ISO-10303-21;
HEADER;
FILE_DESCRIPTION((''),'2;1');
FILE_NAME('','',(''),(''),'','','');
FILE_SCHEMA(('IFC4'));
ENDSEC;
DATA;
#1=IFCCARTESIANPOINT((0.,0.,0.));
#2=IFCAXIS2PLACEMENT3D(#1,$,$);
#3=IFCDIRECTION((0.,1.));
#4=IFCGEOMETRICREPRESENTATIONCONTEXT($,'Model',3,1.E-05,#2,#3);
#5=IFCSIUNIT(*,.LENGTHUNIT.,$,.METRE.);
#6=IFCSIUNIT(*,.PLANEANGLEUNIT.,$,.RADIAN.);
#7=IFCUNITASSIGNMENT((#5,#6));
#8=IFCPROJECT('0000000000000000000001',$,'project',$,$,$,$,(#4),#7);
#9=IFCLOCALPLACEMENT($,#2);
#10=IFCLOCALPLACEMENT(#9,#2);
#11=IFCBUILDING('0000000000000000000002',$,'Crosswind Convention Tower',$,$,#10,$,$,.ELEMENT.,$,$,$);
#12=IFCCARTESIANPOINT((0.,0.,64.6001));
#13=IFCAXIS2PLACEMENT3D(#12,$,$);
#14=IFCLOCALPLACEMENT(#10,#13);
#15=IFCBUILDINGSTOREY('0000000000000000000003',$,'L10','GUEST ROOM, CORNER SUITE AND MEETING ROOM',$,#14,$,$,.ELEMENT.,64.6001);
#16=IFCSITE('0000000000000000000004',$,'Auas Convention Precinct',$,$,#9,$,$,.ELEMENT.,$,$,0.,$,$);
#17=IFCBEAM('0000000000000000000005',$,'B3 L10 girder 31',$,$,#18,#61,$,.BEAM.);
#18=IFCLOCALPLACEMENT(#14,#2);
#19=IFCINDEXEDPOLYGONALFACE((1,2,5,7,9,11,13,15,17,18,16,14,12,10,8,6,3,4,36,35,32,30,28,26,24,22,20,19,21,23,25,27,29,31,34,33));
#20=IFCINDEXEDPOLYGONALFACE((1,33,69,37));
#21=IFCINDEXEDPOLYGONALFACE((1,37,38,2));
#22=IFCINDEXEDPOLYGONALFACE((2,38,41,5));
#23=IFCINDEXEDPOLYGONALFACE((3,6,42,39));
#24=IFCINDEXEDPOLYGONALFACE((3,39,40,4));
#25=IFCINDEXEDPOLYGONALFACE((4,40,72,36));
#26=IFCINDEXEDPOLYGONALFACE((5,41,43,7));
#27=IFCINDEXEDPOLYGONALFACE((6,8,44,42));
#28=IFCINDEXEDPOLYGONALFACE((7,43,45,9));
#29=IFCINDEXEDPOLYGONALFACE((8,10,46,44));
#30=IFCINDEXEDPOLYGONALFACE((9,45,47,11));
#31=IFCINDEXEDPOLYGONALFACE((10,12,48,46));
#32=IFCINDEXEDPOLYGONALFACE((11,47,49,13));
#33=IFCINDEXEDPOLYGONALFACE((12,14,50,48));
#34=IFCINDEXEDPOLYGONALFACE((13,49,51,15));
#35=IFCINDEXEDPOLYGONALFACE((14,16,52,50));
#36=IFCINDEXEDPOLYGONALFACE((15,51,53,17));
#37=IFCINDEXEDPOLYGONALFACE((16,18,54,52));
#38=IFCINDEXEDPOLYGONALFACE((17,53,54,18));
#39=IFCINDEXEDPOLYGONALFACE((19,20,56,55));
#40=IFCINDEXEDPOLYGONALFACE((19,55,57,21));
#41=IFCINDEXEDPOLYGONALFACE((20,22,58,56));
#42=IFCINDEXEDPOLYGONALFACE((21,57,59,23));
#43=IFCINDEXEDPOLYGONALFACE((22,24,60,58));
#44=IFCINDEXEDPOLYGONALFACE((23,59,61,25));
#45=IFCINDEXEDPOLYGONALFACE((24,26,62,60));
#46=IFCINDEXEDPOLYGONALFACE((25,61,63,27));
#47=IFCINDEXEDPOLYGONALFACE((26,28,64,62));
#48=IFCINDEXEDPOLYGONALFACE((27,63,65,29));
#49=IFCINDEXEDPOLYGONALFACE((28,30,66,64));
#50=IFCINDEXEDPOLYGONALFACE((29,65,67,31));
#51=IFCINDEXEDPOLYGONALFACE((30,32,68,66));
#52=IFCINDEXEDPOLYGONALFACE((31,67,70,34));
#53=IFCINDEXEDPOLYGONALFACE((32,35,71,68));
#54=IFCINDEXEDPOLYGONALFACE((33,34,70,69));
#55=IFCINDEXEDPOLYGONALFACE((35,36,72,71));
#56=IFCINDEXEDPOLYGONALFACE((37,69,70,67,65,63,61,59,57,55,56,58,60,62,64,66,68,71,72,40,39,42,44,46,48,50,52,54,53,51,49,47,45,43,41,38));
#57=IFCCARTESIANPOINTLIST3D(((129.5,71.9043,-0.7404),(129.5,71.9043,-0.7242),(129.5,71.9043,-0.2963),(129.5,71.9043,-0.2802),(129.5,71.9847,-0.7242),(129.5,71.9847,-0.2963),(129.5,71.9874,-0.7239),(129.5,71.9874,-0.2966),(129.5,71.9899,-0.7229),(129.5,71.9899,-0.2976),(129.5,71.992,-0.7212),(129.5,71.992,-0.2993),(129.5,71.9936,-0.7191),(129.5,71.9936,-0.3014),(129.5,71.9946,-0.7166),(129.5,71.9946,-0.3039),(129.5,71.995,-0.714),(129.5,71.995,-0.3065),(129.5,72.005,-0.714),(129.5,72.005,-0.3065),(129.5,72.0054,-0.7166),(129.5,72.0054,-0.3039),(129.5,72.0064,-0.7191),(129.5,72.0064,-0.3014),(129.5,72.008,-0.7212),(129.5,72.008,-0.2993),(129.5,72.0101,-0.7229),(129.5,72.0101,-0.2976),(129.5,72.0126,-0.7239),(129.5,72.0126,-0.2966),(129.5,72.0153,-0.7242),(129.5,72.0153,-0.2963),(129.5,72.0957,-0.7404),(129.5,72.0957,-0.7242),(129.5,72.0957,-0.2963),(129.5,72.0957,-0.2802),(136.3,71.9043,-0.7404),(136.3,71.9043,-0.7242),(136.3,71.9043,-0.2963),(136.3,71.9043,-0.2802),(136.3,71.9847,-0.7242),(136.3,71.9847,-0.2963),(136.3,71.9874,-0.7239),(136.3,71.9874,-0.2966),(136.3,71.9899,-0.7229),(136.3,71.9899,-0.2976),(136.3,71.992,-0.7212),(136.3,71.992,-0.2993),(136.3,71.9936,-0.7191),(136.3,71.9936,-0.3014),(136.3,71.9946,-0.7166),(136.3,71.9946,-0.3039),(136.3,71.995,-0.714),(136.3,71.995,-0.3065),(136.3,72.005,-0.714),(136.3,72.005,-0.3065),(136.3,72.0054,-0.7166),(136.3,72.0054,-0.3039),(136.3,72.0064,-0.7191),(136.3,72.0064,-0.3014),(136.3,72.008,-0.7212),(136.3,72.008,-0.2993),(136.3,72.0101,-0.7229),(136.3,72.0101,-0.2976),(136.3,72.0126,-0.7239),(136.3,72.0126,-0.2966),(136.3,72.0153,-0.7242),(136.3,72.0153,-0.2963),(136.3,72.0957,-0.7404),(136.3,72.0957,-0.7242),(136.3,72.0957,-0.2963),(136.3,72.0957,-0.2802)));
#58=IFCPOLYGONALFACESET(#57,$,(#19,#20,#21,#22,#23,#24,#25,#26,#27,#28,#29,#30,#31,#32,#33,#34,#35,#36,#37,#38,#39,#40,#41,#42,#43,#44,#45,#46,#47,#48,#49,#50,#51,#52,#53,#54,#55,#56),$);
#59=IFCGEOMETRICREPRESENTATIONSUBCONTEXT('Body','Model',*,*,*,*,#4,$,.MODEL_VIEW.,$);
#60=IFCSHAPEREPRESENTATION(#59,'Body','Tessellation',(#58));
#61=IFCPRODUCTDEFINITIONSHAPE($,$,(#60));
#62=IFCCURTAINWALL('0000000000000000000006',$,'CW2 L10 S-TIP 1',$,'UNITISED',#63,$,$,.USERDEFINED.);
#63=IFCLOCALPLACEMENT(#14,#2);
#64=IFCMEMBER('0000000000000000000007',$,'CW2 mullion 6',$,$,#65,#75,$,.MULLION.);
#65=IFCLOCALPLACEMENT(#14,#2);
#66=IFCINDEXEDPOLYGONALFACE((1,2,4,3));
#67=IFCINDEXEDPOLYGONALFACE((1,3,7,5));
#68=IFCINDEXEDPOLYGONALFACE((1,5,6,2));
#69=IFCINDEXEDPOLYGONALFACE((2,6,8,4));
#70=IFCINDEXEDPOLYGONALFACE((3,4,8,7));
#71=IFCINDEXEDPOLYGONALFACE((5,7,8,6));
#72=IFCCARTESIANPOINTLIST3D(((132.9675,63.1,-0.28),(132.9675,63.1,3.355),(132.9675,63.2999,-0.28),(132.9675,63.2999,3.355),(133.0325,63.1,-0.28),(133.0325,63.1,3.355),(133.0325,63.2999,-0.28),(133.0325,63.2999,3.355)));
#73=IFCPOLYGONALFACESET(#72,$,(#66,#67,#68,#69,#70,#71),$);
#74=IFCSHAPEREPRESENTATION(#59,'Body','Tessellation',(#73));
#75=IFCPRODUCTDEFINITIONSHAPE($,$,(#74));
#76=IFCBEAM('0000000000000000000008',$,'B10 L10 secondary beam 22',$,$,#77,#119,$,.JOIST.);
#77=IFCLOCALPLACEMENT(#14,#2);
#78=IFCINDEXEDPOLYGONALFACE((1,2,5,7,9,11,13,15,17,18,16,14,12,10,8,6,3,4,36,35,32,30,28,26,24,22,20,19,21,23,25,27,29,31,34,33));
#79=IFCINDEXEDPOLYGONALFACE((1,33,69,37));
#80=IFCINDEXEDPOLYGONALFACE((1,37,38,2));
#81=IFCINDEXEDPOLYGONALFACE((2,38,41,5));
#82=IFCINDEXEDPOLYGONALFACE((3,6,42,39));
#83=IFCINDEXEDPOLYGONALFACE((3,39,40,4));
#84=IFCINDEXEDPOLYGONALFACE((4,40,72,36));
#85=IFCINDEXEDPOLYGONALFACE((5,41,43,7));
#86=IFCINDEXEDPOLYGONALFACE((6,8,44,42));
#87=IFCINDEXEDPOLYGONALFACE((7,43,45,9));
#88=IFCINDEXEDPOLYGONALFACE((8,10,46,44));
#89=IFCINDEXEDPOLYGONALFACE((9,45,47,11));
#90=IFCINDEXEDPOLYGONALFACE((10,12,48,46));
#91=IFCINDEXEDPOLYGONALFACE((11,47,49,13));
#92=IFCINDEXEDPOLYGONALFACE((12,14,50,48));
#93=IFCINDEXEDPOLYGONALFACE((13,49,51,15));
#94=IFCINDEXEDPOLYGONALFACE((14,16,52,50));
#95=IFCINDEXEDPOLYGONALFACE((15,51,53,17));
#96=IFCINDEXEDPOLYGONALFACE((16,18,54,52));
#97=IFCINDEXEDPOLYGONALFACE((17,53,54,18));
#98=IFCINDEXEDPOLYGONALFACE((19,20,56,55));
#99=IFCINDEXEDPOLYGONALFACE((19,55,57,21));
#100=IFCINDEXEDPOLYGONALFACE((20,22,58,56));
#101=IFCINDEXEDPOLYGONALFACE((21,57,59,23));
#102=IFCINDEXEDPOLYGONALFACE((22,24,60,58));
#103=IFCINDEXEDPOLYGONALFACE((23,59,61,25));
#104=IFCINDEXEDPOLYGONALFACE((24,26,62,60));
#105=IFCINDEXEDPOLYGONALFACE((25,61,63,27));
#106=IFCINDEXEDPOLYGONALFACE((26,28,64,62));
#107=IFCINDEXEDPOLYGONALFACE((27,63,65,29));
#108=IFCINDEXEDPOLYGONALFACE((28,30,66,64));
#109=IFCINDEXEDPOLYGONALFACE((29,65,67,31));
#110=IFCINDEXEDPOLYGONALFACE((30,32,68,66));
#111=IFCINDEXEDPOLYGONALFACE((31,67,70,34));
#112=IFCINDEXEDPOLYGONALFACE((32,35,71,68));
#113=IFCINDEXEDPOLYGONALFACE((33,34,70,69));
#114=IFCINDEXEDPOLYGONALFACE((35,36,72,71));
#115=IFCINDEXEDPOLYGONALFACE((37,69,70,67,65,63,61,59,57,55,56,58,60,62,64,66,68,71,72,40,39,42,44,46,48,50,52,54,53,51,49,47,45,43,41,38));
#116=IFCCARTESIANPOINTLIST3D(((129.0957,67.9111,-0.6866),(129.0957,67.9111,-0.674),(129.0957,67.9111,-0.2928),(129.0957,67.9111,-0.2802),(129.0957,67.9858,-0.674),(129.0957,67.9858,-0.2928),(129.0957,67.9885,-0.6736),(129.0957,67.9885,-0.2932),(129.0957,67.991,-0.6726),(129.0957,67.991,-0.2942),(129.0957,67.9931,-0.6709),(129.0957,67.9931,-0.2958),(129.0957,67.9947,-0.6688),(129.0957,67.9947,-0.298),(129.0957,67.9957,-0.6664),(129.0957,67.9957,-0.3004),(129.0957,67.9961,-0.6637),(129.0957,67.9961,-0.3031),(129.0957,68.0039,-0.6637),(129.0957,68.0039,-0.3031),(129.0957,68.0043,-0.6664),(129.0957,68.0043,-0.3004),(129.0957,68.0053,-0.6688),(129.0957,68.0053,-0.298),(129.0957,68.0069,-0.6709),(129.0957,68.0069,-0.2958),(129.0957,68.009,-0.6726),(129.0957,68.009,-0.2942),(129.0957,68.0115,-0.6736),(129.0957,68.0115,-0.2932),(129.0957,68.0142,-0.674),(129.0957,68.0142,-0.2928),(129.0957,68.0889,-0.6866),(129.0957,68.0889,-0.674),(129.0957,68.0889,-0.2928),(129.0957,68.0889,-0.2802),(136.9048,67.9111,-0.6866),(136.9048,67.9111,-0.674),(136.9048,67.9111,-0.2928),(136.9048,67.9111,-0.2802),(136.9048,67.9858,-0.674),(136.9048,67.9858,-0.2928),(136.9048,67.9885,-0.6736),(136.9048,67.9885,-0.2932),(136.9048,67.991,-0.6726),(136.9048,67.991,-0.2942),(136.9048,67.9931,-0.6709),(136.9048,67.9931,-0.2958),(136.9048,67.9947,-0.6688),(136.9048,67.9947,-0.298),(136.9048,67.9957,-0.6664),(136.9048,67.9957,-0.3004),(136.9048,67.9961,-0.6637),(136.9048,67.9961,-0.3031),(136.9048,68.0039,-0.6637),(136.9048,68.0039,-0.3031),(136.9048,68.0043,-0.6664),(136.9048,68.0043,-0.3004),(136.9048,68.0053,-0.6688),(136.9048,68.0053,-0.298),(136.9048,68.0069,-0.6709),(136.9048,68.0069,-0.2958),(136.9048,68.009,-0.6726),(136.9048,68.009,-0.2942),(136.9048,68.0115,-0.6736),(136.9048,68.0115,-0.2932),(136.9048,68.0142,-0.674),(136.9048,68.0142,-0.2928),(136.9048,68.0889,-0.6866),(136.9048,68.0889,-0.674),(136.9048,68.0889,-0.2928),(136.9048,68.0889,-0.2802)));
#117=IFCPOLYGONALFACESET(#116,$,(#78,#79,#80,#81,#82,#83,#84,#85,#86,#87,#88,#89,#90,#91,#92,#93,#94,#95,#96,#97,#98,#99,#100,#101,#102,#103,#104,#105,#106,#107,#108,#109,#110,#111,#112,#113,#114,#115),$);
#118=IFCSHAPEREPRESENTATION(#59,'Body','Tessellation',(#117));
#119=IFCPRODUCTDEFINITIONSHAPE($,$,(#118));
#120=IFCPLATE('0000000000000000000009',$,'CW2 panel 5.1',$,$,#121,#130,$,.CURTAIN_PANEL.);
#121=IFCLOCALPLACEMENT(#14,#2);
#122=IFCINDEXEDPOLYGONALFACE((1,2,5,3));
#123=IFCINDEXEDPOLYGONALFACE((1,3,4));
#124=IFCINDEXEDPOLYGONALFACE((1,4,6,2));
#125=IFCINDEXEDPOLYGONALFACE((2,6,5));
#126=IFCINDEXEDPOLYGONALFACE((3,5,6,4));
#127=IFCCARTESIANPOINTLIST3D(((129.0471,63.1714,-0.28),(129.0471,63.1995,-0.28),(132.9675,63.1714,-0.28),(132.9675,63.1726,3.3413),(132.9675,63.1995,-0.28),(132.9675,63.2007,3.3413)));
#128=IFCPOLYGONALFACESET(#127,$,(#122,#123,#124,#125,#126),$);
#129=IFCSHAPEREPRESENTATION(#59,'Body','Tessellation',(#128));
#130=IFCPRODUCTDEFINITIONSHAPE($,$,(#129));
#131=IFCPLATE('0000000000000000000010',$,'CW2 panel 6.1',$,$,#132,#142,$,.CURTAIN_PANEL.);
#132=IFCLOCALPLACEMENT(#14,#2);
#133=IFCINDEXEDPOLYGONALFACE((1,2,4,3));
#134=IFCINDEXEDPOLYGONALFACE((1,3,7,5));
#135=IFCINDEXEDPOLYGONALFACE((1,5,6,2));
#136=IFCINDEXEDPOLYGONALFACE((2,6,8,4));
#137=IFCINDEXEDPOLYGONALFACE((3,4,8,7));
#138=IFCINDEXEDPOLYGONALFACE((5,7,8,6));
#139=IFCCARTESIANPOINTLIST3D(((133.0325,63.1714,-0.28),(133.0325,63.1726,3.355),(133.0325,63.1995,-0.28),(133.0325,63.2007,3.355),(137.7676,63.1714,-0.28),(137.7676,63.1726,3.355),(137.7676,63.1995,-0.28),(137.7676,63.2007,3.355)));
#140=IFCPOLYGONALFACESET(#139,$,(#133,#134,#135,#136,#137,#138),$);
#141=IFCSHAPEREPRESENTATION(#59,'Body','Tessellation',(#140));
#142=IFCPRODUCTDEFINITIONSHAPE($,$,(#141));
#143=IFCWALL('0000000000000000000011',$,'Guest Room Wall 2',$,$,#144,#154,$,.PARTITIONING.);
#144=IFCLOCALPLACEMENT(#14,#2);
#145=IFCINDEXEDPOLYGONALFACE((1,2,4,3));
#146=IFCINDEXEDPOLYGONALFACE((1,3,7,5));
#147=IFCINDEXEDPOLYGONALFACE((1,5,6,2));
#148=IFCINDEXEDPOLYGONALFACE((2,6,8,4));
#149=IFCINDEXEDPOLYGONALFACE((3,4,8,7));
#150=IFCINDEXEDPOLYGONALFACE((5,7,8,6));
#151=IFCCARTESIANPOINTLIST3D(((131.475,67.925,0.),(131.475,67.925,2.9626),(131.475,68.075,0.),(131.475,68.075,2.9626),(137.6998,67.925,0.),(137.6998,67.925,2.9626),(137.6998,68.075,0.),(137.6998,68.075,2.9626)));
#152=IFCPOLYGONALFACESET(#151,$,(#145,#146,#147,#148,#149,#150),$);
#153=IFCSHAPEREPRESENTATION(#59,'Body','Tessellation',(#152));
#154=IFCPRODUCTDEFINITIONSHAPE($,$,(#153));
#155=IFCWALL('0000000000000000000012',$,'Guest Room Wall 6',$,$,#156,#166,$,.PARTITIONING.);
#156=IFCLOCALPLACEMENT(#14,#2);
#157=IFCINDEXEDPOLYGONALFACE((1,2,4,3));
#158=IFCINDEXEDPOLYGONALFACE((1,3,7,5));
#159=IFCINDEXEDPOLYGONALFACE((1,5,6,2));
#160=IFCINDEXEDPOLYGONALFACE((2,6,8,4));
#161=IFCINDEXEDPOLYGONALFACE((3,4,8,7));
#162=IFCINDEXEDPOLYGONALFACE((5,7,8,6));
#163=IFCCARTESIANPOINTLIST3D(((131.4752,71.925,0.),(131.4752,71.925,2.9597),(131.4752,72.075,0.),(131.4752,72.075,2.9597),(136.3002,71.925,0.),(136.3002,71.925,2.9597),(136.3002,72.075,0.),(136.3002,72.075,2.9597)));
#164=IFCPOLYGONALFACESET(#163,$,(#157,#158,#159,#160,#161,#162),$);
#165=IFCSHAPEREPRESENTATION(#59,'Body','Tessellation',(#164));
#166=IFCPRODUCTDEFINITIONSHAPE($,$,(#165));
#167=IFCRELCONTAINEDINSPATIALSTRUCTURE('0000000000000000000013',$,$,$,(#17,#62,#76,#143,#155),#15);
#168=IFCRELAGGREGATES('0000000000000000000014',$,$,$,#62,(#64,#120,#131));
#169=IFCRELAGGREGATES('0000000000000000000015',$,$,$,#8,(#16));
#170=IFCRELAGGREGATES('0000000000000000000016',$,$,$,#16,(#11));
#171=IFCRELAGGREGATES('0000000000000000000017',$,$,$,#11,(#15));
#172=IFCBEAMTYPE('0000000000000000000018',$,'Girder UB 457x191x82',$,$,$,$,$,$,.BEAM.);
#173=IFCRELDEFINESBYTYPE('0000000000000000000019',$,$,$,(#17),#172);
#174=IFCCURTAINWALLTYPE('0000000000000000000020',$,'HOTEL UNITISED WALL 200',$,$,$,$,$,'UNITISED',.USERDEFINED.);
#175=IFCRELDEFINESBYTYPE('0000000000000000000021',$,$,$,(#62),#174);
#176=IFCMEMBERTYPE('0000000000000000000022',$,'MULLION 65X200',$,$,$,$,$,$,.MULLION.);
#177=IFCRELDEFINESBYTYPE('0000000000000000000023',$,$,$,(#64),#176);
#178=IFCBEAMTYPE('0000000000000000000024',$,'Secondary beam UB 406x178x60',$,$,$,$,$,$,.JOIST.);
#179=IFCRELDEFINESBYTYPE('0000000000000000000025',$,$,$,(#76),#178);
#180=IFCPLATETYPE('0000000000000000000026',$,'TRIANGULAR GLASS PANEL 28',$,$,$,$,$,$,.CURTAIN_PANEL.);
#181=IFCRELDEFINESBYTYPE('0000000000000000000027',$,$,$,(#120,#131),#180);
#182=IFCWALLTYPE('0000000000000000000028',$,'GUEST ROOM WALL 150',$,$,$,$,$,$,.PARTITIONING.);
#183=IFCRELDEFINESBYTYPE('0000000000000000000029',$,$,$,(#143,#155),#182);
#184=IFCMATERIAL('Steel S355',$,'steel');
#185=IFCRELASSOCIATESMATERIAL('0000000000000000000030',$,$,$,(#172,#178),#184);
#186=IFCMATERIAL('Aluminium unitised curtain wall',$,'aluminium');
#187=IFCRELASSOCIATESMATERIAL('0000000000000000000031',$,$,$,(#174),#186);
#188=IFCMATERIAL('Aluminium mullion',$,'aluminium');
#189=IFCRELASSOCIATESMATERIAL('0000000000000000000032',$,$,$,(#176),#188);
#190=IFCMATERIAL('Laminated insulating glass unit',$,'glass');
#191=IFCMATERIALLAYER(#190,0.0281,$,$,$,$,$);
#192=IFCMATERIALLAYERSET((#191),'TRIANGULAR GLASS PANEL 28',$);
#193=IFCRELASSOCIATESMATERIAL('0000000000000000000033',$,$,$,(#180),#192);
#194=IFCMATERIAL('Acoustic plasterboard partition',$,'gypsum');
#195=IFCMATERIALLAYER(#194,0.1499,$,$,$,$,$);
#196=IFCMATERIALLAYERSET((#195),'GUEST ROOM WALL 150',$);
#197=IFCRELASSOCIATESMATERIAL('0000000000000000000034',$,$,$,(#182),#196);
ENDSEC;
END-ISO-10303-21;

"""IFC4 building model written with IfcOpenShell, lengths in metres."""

from ifc_helpers import new_model, si_unit, direction, frame, frame_2d, origin, origin_2d, place, context, subcontext, project, spatial, polyline, rectangle, i_section, outline, extrude, material, layer, layer_set, material_profile, profile_set, type_object, element, aggregate, save


model = new_model("IFC4")

# Units and contexts
model_context = context("Model", 3, precision=1e-05, world=origin(), true_north=direction((0.0, 1.0)))
body_context = subcontext(model_context, "Body", "Model", "MODEL_VIEW")
ifc_project = project(units=[si_unit("LENGTHUNIT", "METRE"), si_unit("PLANEANGLEUNIT", "RADIAN")], contexts=[model_context])

# Site, building, storey
site_placement = place(None, origin())
site = spatial("IfcSite", under=ifc_project, at=site_placement, Name="Auas Convention Precinct", CompositionType="ELEMENT", RefElevation=0.0)
building_placement = place(site_placement, origin())
building = spatial("IfcBuilding", under=site, at=building_placement, Name="Crosswind Convention Tower", CompositionType="ELEMENT")
storey_placement = place(building_placement, frame((0.0, 0.0, 64.6001)))
storey = spatial("IfcBuildingStorey", under=building, at=storey_placement, Name="L10", Description="GUEST ROOM, CORNER SUITE AND MEETING ROOM", CompositionType="ELEMENT", Elevation=64.6001)

# Beam
ifc_material_1 = material(Name="Steel S355", Category="steel")
ifc_material_profile_1 = material_profile(ifc_material_1, i_section(OverallWidth=0.1914, OverallDepth=0.4602, WebThickness=0.01, FlangeThickness=0.0161, FilletRadius=0.0103, at=origin_2d()), Name="UB 457x191x82")
ifc_profile_set_1 = profile_set([ifc_material_profile_1], Name="Steel S355")
beam_type_1 = type_object("IfcBeamType", Name="Girder UB 457x191x82", PredefinedType="BEAM", material=ifc_profile_set_1)
beam_1_placement = place(storey_placement, frame((129.5, 72.0, -0.5103), z_axis=(1.0, 0.0, 0.0), x_axis=(0.0, 1.0, 0.0)))
element("IfcBeam", 1, at=beam_1_placement, inside=storey, type_object=beam_type_1, Name="B3 L10 girder 31", PredefinedType="BEAM", context=body_context, shape_type="SweptSolid", body=[
    extrude(i_section(OverallWidth=0.1914, OverallDepth=0.4602, WebThickness=0.01, FlangeThickness=0.0161, FilletRadius=0.0103, at=origin_2d()), origin(), (0.0, 0.0, 1.0), 6.8),
])

# Curtain wall, member
ifc_material_2 = material(Name="Aluminium unitised curtain wall", Category="aluminium")
curtain_wall_type = type_object("IfcCurtainWallType", Name="HOTEL UNITISED WALL 200", ElementType="UNITISED", PredefinedType="USERDEFINED", material=ifc_material_2)
curtain_wall_placement = place(storey_placement, origin())
curtain_wall = element("IfcCurtainWall", 2, at=curtain_wall_placement, inside=storey, type_object=curtain_wall_type, Name="CW2 L10 S-TIP 1", ObjectType="UNITISED", PredefinedType="USERDEFINED")
ifc_material_3 = material(Name="Aluminium mullion", Category="aluminium")
ifc_material_profile_2 = material_profile(ifc_material_3, rectangle(XDim=0.2, YDim=0.0649, at=origin_2d()), Name="AL 200X65")
ifc_profile_set_2 = profile_set([ifc_material_profile_2], Name="Aluminium mullion")
member_type = type_object("IfcMemberType", Name="MULLION 65X200", PredefinedType="MULLION", material=ifc_profile_set_2)
member_placement = place(storey_placement, frame((133.0, 63.2, -0.28), z_axis=(0.0, 0.0, 1.0), x_axis=(0.0, -1.0, 0.0)))
member = element("IfcMember", 3, at=member_placement, type_object=member_type, Name="CW2 mullion 6", PredefinedType="MULLION", context=body_context, shape_type="SweptSolid", body=[
    extrude(rectangle(XDim=0.2, YDim=0.0649, at=origin_2d()), origin(), (0.0, 0.0, 1.0), 3.635),
])

# Beam
ifc_material_profile_3 = material_profile(ifc_material_1, i_section(OverallWidth=0.1777, OverallDepth=0.4065, WebThickness=0.0078, FlangeThickness=0.0127, FilletRadius=0.0103, at=origin_2d()), Name="UB 406x178x60")
ifc_profile_set_3 = profile_set([ifc_material_profile_3], Name="Steel S355")
beam_type_2 = type_object("IfcBeamType", Name="Secondary beam UB 406x178x60", PredefinedType="JOIST", material=ifc_profile_set_3)
beam_2_placement = place(storey_placement, frame((129.0957, 68.0, -0.4834), z_axis=(1.0, 0.0, 0.0), x_axis=(0.0, 1.0, 0.0)))
element("IfcBeam", 4, at=beam_2_placement, inside=storey, type_object=beam_type_2, Name="B10 L10 secondary beam 22", PredefinedType="JOIST", context=body_context, shape_type="SweptSolid", body=[
    extrude(i_section(OverallWidth=0.1777, OverallDepth=0.4065, WebThickness=0.0078, FlangeThickness=0.0127, FilletRadius=0.0103, at=origin_2d()), origin(), (0.0, 0.0, 1.0), 7.8091),
])

# Plates
ifc_material_4 = material(Name="Laminated insulating glass unit", Category="glass")
ifc_layer_1 = layer(ifc_material_4, 0.0281)
ifc_layer_set_1 = layer_set([ifc_layer_1], Name="TRIANGULAR GLASS PANEL 28")
plate_type = type_object("IfcPlateType", Name="TRIANGULAR GLASS PANEL 28", PredefinedType="CURTAIN_PANEL", material=ifc_layer_set_1)
plate_1_placement = place(storey_placement, frame((132.9675, 63.1714, -0.28), z_axis=(0.0, -1.0, 0.000337), x_axis=(0.0, 0.000337, 1.0)))
plate_1 = element("IfcPlate", 5, at=plate_1_placement, type_object=plate_type, Name="CW2 panel 5.1", PredefinedType="CURTAIN_PANEL", context=body_context, shape_type="SweptSolid", body=[
    extrude(outline(polyline([(0.0, 0.0), (3.6213, 0.0), (0.0, 3.9204), (0.0, 0.0)])), origin(), (0.0, 0.0, -1.0), 0.0281),
])
plate_2_placement = place(storey_placement, frame((133.0325, 63.1714, -0.28), z_axis=(0.0, -1.0, 0.000336), x_axis=(1.0, 0.0, 0.0)))
plate_2 = element("IfcPlate", 6, at=plate_2_placement, type_object=plate_type, Name="CW2 panel 6.1", PredefinedType="CURTAIN_PANEL", context=body_context, shape_type="SweptSolid", body=[
    extrude(outline(polyline([(0.0, 0.0), (4.7351, 0.0), (4.7351, 3.635), (0.0, 3.635), (0.0, 0.0)])), origin(), (0.0, 0.0, -1.0), 0.0281),
])
aggregate(curtain_wall, [member, plate_1, plate_2])

# Walls
ifc_material_5 = material(Name="Acoustic plasterboard partition", Category="gypsum")
ifc_layer_2 = layer(ifc_material_5, 0.1499)
ifc_layer_set_2 = layer_set([ifc_layer_2], Name="GUEST ROOM WALL 150")
wall_type_1 = type_object("IfcWallType", Name="GUEST ROOM WALL 150", PredefinedType="PARTITIONING", material=ifc_layer_set_2)
wall_1_placement = place(storey_placement, frame((131.4751, 68.0, 0.0), z_axis=(0.0, 0.0, 1.0), x_axis=(1.0, 0.0, 0.0)))
element("IfcWall", 7, at=wall_1_placement, inside=storey, type_object=wall_type_1, Name="Guest Room Wall 2", PredefinedType="PARTITIONING", context=body_context, shape_type="SweptSolid", body=[
    extrude(rectangle(XDim=6.2249, YDim=0.1499, at=frame_2d((3.1123, 0.0))), origin(), (0.0, 0.0, 1.0), 2.9626),
])
wall_2_placement = place(storey_placement, frame((131.4751, 72.0, 0.0), z_axis=(0.0, 0.0, 1.0), x_axis=(1.0, 0.0, 0.0)))
element("IfcWall", 8, at=wall_2_placement, inside=storey, type_object=wall_type_1, Name="Guest Room Wall 6", PredefinedType="PARTITIONING", context=body_context, shape_type="SweptSolid", body=[
    extrude(rectangle(XDim=4.825, YDim=0.1499, at=frame_2d((2.4126, 0.0))), origin(), (0.0, 0.0, 1.0), 2.9597),
])

save(model, "model.ifc")
